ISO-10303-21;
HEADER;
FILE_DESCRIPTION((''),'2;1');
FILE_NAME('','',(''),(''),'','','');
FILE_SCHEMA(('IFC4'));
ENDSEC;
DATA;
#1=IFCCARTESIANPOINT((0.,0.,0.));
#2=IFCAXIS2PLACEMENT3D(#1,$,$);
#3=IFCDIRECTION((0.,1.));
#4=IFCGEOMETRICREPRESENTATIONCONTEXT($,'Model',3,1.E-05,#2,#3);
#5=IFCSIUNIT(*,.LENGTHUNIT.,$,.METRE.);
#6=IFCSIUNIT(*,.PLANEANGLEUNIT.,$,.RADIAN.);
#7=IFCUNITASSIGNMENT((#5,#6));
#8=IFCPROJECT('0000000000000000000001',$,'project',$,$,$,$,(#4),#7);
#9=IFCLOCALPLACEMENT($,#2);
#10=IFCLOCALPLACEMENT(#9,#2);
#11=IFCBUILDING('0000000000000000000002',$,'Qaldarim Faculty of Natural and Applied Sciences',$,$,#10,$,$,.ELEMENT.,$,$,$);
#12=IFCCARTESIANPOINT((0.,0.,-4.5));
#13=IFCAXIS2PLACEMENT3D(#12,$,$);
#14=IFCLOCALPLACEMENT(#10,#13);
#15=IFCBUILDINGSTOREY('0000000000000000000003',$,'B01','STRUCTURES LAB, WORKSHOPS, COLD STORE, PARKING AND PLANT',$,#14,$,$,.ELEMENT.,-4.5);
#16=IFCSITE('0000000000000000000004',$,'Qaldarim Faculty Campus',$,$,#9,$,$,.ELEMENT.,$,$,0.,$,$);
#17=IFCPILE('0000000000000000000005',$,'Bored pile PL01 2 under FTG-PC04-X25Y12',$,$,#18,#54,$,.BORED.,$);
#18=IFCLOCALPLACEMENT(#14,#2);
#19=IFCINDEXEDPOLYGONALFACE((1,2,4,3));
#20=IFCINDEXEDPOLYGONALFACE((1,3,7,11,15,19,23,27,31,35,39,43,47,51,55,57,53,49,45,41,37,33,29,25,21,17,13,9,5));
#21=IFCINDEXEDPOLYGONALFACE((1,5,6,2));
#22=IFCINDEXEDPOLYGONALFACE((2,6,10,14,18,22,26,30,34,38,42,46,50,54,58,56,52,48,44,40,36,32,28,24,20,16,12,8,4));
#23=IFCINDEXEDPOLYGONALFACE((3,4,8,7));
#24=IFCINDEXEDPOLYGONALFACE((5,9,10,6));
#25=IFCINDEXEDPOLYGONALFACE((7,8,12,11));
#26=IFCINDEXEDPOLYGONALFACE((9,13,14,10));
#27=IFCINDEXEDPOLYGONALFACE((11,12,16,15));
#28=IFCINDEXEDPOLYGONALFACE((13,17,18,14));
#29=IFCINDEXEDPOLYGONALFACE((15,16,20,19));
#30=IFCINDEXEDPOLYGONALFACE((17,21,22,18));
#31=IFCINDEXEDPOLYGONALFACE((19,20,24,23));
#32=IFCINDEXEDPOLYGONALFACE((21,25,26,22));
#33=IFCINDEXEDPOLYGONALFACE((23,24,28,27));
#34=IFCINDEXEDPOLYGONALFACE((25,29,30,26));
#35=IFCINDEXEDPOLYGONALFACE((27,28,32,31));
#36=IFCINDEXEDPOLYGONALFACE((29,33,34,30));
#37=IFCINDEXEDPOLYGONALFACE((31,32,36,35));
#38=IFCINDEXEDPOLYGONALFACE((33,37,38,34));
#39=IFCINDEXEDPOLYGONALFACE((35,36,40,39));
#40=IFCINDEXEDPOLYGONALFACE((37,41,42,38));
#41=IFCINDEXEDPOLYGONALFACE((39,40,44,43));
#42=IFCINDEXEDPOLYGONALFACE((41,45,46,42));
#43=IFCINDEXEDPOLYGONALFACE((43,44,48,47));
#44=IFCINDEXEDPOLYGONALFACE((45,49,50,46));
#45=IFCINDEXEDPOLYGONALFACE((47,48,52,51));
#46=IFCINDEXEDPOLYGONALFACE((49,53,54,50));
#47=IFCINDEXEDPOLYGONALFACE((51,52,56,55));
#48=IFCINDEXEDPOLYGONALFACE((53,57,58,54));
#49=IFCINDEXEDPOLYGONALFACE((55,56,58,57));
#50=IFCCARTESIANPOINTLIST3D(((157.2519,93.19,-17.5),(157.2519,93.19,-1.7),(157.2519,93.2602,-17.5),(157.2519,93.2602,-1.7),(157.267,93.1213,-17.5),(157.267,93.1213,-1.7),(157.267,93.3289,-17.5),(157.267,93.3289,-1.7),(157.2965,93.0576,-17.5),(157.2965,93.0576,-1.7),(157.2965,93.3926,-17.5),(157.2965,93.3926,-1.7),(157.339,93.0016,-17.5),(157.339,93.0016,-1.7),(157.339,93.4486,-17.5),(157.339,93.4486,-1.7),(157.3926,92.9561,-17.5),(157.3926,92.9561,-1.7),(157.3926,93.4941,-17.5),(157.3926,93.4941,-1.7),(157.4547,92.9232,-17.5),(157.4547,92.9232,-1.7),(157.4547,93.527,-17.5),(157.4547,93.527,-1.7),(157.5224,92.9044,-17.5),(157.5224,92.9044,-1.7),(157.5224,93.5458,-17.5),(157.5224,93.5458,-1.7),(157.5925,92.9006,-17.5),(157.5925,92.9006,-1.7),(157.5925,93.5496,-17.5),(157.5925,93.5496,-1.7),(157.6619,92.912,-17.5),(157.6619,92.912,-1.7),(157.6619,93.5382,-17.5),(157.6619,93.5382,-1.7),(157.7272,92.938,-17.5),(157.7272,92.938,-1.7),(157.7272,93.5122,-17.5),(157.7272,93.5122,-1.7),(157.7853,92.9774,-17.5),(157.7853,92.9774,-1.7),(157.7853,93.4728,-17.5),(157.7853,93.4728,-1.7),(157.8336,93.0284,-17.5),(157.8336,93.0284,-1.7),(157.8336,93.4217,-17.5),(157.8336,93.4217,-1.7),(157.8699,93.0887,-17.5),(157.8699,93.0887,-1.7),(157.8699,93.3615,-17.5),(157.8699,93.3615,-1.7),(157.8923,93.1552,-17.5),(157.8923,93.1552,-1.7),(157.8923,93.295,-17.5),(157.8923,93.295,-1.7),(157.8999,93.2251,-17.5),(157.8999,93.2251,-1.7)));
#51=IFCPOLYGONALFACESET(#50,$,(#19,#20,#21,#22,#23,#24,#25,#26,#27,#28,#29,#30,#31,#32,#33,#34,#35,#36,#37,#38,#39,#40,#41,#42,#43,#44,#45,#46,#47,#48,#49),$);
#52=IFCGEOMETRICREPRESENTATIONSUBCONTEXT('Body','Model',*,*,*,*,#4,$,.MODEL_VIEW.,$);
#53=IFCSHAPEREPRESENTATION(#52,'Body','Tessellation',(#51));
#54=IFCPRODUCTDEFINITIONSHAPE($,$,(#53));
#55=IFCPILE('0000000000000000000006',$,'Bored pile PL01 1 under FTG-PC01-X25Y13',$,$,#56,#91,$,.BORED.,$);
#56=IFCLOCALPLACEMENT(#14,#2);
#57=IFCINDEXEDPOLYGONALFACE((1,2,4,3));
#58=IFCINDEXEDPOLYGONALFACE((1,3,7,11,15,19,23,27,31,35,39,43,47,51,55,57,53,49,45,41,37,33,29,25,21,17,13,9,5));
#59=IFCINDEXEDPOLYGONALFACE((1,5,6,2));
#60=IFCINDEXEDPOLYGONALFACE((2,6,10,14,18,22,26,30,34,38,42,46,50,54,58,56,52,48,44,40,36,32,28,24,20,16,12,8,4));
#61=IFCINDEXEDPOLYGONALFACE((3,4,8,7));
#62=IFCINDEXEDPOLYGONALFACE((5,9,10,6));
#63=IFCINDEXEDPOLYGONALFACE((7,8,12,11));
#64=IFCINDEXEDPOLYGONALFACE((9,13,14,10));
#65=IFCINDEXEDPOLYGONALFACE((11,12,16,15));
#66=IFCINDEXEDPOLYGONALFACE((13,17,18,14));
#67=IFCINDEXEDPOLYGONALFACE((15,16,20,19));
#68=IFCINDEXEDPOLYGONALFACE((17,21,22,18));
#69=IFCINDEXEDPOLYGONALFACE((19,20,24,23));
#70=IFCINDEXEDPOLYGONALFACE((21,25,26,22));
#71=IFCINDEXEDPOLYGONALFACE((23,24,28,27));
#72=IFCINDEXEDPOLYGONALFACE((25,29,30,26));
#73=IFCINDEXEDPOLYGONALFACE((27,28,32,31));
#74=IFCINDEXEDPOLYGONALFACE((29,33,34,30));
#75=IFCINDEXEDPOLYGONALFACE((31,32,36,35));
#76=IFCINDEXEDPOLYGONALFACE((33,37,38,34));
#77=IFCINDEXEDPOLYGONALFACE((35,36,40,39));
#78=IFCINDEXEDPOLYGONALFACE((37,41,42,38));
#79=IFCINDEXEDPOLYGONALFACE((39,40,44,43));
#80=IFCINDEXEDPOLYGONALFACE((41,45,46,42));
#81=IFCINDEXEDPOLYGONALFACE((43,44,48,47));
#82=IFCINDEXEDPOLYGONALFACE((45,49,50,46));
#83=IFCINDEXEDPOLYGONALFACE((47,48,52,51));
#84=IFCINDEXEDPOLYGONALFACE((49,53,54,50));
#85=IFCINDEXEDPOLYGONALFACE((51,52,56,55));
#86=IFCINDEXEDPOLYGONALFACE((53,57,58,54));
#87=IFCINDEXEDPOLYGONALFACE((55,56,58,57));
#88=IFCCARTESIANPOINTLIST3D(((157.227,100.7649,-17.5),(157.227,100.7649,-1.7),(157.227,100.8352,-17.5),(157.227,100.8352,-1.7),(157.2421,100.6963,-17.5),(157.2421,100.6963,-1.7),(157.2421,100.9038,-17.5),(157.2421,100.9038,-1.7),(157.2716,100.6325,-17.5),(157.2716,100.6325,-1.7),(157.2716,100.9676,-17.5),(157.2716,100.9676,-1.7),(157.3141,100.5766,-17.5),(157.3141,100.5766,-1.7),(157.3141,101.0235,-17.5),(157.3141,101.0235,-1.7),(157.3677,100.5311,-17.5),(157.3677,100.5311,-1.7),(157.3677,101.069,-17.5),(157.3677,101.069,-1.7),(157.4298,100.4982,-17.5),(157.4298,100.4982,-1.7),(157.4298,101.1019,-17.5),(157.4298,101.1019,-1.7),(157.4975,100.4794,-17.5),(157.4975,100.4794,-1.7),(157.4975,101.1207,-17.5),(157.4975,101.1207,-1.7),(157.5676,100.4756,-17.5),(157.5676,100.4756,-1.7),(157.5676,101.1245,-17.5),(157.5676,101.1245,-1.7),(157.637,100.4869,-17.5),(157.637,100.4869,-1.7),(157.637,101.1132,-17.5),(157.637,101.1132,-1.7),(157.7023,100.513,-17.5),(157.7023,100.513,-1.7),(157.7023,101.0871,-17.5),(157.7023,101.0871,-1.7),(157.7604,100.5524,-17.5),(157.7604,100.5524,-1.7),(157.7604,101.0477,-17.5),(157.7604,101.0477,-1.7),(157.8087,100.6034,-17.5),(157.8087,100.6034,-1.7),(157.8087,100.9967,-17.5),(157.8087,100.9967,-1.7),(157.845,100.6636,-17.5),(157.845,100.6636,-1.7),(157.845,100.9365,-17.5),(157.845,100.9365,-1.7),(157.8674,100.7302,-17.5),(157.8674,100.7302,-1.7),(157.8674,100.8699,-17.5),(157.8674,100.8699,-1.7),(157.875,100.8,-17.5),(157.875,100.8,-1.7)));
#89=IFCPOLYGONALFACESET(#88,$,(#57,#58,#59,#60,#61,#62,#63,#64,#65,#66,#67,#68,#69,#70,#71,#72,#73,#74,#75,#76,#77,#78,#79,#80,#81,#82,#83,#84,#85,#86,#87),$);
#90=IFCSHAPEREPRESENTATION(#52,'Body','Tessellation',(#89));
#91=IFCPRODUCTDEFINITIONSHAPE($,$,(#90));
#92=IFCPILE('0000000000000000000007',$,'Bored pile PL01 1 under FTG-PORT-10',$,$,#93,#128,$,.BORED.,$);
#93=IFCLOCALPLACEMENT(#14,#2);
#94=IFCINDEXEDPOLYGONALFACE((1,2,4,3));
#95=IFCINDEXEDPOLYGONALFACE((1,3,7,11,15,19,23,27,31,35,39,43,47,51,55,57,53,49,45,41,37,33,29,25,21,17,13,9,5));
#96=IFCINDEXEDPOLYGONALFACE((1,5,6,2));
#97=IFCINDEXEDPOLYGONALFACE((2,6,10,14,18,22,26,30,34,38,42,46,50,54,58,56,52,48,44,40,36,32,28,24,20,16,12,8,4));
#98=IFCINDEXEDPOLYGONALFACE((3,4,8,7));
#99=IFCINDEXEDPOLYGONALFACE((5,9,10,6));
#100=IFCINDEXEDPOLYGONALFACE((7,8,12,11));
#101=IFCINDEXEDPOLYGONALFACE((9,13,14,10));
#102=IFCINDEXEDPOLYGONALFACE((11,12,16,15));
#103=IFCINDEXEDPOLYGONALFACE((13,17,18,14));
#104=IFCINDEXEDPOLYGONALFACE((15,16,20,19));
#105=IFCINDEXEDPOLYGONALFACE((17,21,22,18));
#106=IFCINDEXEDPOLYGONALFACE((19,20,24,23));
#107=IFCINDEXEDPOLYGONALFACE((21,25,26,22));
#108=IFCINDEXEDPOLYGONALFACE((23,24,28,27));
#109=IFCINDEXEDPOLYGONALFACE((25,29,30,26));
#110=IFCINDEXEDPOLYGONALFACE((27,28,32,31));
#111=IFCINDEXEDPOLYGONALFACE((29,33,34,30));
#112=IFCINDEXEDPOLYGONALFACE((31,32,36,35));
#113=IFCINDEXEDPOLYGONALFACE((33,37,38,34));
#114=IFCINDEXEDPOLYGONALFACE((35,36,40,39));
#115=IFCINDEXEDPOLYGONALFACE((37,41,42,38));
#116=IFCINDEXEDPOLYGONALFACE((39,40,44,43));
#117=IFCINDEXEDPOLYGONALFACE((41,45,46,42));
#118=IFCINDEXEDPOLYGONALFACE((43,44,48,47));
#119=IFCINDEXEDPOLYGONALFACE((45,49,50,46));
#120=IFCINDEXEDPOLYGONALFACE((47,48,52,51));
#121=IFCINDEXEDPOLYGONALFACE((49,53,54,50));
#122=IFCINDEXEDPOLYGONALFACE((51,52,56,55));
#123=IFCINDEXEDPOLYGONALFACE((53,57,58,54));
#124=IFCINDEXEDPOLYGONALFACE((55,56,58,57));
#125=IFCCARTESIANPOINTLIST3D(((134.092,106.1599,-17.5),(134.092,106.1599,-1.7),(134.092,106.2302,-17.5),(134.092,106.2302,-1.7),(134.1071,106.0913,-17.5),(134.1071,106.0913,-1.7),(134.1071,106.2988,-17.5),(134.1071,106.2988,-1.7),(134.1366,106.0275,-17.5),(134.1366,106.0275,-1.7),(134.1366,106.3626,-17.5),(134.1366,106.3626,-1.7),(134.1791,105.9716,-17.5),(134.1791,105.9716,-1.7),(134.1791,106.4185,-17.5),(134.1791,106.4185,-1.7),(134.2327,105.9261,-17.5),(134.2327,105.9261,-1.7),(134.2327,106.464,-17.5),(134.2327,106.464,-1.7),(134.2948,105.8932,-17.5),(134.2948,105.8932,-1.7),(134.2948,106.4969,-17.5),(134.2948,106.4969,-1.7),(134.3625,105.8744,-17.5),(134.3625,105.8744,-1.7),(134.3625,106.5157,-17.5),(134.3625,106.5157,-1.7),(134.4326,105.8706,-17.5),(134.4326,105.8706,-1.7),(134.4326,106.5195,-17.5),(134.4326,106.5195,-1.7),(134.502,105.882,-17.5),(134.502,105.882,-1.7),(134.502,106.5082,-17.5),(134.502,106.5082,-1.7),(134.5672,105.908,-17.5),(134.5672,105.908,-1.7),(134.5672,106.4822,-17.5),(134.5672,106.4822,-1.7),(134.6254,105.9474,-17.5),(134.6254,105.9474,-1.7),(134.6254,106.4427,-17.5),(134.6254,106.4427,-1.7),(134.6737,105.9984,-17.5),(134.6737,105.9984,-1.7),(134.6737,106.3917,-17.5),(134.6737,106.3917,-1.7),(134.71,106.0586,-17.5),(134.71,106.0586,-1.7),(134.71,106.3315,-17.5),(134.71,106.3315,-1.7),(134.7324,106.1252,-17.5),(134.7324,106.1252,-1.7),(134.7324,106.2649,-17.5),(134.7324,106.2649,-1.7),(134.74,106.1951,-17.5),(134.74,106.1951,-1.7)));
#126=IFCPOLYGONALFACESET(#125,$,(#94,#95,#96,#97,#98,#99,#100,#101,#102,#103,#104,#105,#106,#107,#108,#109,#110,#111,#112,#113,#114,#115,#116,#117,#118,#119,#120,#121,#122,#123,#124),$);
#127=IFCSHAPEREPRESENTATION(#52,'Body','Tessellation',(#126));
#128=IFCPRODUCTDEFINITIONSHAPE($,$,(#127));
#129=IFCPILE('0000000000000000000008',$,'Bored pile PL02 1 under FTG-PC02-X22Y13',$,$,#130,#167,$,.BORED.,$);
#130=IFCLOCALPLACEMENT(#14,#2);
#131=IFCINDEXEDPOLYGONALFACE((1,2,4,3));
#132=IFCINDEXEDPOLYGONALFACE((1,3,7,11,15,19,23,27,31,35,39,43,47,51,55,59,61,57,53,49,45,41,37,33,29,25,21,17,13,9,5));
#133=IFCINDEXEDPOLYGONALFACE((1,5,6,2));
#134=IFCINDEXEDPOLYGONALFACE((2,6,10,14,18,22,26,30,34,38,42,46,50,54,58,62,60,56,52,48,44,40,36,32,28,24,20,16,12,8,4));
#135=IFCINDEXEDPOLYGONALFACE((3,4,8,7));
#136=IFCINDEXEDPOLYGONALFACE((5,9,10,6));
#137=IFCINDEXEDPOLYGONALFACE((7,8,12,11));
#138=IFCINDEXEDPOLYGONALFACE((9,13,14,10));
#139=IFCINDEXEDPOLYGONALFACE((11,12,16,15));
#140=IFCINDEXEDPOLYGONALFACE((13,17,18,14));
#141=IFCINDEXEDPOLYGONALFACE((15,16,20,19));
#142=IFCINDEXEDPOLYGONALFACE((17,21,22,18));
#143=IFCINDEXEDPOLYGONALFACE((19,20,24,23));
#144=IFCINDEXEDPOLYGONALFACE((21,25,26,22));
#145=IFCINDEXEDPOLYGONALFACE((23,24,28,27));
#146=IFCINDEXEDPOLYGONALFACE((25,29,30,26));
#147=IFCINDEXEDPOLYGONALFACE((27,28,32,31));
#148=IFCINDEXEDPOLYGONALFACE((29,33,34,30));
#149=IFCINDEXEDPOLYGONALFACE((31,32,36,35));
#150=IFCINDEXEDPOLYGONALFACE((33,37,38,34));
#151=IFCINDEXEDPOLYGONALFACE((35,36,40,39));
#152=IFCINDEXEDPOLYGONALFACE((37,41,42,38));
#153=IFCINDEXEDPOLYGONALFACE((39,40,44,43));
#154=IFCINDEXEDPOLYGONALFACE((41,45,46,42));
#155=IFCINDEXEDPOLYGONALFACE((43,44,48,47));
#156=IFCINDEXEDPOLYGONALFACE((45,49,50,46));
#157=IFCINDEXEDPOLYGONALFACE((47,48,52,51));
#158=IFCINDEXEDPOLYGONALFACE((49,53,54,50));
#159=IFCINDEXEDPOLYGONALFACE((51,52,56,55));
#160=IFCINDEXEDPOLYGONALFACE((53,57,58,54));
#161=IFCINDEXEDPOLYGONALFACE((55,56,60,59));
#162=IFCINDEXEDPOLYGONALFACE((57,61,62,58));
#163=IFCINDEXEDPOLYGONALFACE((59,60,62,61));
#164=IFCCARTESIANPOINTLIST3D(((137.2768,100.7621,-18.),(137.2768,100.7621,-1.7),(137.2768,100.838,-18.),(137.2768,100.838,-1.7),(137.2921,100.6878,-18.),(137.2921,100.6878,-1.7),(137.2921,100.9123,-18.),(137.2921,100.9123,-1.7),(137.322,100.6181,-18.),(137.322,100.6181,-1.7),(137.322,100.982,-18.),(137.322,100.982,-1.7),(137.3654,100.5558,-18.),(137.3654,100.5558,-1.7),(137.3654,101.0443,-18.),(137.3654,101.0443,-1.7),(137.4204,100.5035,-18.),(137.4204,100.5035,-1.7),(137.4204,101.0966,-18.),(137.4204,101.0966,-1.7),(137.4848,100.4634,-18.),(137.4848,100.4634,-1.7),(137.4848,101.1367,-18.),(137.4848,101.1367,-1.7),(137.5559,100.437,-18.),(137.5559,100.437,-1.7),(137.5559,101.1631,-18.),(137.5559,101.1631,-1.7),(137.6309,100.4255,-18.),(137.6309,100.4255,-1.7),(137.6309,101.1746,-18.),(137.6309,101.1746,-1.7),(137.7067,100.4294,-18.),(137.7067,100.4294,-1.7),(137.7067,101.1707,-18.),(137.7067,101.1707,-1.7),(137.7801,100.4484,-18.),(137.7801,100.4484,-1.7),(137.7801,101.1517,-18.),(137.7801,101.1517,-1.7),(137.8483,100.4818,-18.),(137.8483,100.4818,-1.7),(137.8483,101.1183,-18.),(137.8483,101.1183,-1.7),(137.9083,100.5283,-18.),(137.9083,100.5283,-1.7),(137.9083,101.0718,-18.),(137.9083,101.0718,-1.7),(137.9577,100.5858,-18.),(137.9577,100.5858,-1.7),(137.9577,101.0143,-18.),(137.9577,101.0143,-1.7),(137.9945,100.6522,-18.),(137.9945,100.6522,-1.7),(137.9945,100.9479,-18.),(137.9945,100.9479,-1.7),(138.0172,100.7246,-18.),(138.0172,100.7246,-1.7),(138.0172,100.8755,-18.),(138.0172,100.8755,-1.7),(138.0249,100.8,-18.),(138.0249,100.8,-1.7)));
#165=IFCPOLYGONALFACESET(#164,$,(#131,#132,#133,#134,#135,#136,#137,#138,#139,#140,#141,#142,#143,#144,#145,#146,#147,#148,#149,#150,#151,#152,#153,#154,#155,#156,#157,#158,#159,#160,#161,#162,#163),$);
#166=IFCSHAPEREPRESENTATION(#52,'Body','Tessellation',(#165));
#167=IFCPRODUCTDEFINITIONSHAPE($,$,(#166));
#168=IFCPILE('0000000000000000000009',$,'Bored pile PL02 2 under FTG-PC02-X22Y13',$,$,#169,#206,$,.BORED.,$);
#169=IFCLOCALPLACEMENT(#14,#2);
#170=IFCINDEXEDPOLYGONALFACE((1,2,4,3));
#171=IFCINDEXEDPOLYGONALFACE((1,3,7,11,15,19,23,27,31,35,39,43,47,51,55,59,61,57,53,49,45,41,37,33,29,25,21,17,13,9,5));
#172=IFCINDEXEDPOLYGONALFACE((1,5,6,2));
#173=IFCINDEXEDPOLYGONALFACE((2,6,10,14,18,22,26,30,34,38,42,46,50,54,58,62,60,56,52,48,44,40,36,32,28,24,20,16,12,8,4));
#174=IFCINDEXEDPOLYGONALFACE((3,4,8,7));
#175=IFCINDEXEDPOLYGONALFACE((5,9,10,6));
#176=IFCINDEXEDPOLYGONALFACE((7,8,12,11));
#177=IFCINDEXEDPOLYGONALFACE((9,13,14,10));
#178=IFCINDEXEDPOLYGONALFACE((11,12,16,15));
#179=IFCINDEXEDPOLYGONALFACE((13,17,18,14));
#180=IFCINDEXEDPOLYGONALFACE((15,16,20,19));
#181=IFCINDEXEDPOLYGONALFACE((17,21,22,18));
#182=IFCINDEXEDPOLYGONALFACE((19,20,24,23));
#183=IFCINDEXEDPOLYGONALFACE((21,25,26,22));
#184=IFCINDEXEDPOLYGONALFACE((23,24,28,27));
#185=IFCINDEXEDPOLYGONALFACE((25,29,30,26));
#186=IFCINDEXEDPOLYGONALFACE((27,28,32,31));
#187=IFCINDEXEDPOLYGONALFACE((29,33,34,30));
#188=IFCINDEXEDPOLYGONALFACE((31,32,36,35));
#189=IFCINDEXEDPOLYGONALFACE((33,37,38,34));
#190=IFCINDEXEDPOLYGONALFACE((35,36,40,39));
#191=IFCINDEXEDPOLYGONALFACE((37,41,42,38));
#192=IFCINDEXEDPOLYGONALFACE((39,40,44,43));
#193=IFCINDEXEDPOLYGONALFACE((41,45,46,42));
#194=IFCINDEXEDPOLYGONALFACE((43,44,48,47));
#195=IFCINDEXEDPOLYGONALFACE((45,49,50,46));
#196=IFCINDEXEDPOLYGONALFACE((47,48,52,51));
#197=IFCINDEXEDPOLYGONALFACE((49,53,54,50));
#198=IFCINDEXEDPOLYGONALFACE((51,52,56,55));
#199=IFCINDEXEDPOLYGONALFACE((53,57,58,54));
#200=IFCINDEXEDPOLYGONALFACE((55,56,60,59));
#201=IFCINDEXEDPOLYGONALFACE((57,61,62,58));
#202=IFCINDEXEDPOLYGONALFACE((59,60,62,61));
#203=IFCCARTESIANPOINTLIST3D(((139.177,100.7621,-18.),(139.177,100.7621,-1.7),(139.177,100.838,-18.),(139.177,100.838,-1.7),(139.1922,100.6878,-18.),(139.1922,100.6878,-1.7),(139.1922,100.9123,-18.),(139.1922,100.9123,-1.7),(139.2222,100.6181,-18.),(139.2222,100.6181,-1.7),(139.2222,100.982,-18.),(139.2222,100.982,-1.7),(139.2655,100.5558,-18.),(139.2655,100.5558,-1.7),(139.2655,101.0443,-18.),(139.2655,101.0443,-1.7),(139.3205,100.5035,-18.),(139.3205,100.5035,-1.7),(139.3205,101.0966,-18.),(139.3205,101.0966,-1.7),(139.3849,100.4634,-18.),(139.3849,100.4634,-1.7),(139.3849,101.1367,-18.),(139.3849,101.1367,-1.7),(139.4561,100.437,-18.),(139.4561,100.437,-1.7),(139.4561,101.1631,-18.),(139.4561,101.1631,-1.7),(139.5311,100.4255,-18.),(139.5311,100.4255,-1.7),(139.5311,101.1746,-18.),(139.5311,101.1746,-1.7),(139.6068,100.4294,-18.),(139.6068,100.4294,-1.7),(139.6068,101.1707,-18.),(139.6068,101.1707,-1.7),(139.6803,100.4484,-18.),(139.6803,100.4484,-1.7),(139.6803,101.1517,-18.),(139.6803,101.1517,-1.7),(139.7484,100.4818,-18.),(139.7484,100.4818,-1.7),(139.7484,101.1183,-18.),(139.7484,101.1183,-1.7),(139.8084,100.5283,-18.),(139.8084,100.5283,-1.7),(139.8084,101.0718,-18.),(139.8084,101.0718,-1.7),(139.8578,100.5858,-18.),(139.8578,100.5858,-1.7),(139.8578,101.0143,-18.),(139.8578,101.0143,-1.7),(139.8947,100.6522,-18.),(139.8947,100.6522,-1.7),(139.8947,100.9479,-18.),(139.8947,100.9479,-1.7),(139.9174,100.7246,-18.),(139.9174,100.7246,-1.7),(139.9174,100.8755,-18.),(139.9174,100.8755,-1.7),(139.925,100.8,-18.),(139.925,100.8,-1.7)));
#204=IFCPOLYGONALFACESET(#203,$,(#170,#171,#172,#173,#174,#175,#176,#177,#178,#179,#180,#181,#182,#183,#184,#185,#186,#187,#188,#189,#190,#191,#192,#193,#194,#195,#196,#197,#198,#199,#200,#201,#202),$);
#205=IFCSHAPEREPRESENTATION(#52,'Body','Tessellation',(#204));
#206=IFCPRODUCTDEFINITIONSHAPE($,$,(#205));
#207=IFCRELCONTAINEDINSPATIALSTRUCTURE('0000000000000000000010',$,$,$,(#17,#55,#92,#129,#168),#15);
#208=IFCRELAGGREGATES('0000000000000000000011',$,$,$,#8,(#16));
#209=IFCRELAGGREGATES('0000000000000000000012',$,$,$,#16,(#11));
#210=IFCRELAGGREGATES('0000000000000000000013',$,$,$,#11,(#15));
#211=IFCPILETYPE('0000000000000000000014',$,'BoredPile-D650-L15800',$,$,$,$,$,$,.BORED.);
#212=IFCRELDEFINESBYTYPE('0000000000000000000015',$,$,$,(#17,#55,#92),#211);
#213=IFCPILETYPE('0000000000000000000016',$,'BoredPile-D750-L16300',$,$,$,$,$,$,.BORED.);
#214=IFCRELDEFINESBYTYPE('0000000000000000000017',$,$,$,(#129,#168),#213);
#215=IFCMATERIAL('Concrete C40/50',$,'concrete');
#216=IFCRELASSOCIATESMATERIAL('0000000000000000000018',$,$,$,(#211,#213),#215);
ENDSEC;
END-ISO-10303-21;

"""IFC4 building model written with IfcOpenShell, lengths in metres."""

from ifc_helpers import new_model, si_unit, direction, frame, origin, origin_2d, place, context, subcontext, project, spatial, circle, extrude, material, material_profile, profile_set, type_object, element, save


model = new_model("IFC4")

# Units and contexts
model_context = context("Model", 3, precision=1e-05, world=origin(), true_north=direction((0.0, 1.0)))
body_context = subcontext(model_context, "Body", "Model", "MODEL_VIEW")
ifc_project = project(units=[si_unit("LENGTHUNIT", "METRE"), si_unit("PLANEANGLEUNIT", "RADIAN")], contexts=[model_context])

# Site, building, storey
site_placement = place(None, origin())
site = spatial("IfcSite", under=ifc_project, at=site_placement, Name="Qaldarim Faculty Campus", CompositionType="ELEMENT", RefElevation=0.0)
building_placement = place(site_placement, origin())
building = spatial("IfcBuilding", under=site, at=building_placement, Name="Qaldarim Faculty of Natural and Applied Sciences", CompositionType="ELEMENT")
storey_placement = place(building_placement, frame((0.0, 0.0, -4.5)))
storey = spatial("IfcBuildingStorey", under=building, at=storey_placement, Name="B01", Description="STRUCTURES LAB, WORKSHOPS, COLD STORE, PARKING AND PLANT", CompositionType="ELEMENT", Elevation=-4.5)

# Piles
ifc_material_1 = material(Name="Concrete C40/50", Category="concrete")
ifc_material_profile_1 = material_profile(ifc_material_1, circle(Radius=0.325, at=origin_2d()), Name="PILE-D650")
ifc_profile_set_1 = profile_set([ifc_material_profile_1], Name="Concrete C40/50")
pile_type_1 = type_object("IfcPileType", Name="BoredPile-D650-L15800", PredefinedType="BORED", material=ifc_profile_set_1)
for number, where, z_axis, x_axis, name in (
    (1, (157.575, 93.2251, -1.7), (0.0, 0.0, -1.0), (1.0, 0.0, 0.0), "Bored pile PL01 2 under FTG-PC04-X25Y12"),
    (2, (157.55, 100.8, -1.7), (0.0, 0.0, -1.0), (1.0, 0.0, 0.0), "Bored pile PL01 1 under FTG-PC01-X25Y13"),
    (3, (134.415, 106.1951, -1.7), (0.0, 0.0, -1.0), (1.0, 0.0, 0.0), "Bored pile PL01 1 under FTG-PORT-10"),
):
    element("IfcPile", number, at=place(storey_placement, frame(where, z_axis=z_axis, x_axis=x_axis)), inside=storey, type_object=pile_type_1, Name=name, PredefinedType="BORED", context=body_context, shape_type="SweptSolid", body=[
        extrude(circle(Radius=0.325, at=origin_2d()), origin(), (0.0, 0.0, 1.0), 15.8),
    ])
ifc_material_profile_2 = material_profile(ifc_material_1, circle(Radius=0.375, at=origin_2d()), Name="PILE-D750")
ifc_profile_set_2 = profile_set([ifc_material_profile_2], Name="Concrete C40/50")
pile_type_2 = type_object("IfcPileType", Name="BoredPile-D750-L16300", PredefinedType="BORED", material=ifc_profile_set_2)
for number, where, z_axis, x_axis, name in (
    (4, (137.6499, 100.8, -1.7), (0.0, 0.0, -1.0), (1.0, 0.0, 0.0), "Bored pile PL02 1 under FTG-PC02-X22Y13"),
    (5, (139.55, 100.8, -1.7), (0.0, 0.0, -1.0), (1.0, 0.0, 0.0), "Bored pile PL02 2 under FTG-PC02-X22Y13"),
):
    element("IfcPile", number, at=place(storey_placement, frame(where, z_axis=z_axis, x_axis=x_axis)), inside=storey, type_object=pile_type_2, Name=name, PredefinedType="BORED", context=body_context, shape_type="SweptSolid", body=[
        extrude(circle(Radius=0.375, at=origin_2d()), origin(), (0.0, 0.0, 1.0), 16.3),
    ])

save(model, "model.ifc")
